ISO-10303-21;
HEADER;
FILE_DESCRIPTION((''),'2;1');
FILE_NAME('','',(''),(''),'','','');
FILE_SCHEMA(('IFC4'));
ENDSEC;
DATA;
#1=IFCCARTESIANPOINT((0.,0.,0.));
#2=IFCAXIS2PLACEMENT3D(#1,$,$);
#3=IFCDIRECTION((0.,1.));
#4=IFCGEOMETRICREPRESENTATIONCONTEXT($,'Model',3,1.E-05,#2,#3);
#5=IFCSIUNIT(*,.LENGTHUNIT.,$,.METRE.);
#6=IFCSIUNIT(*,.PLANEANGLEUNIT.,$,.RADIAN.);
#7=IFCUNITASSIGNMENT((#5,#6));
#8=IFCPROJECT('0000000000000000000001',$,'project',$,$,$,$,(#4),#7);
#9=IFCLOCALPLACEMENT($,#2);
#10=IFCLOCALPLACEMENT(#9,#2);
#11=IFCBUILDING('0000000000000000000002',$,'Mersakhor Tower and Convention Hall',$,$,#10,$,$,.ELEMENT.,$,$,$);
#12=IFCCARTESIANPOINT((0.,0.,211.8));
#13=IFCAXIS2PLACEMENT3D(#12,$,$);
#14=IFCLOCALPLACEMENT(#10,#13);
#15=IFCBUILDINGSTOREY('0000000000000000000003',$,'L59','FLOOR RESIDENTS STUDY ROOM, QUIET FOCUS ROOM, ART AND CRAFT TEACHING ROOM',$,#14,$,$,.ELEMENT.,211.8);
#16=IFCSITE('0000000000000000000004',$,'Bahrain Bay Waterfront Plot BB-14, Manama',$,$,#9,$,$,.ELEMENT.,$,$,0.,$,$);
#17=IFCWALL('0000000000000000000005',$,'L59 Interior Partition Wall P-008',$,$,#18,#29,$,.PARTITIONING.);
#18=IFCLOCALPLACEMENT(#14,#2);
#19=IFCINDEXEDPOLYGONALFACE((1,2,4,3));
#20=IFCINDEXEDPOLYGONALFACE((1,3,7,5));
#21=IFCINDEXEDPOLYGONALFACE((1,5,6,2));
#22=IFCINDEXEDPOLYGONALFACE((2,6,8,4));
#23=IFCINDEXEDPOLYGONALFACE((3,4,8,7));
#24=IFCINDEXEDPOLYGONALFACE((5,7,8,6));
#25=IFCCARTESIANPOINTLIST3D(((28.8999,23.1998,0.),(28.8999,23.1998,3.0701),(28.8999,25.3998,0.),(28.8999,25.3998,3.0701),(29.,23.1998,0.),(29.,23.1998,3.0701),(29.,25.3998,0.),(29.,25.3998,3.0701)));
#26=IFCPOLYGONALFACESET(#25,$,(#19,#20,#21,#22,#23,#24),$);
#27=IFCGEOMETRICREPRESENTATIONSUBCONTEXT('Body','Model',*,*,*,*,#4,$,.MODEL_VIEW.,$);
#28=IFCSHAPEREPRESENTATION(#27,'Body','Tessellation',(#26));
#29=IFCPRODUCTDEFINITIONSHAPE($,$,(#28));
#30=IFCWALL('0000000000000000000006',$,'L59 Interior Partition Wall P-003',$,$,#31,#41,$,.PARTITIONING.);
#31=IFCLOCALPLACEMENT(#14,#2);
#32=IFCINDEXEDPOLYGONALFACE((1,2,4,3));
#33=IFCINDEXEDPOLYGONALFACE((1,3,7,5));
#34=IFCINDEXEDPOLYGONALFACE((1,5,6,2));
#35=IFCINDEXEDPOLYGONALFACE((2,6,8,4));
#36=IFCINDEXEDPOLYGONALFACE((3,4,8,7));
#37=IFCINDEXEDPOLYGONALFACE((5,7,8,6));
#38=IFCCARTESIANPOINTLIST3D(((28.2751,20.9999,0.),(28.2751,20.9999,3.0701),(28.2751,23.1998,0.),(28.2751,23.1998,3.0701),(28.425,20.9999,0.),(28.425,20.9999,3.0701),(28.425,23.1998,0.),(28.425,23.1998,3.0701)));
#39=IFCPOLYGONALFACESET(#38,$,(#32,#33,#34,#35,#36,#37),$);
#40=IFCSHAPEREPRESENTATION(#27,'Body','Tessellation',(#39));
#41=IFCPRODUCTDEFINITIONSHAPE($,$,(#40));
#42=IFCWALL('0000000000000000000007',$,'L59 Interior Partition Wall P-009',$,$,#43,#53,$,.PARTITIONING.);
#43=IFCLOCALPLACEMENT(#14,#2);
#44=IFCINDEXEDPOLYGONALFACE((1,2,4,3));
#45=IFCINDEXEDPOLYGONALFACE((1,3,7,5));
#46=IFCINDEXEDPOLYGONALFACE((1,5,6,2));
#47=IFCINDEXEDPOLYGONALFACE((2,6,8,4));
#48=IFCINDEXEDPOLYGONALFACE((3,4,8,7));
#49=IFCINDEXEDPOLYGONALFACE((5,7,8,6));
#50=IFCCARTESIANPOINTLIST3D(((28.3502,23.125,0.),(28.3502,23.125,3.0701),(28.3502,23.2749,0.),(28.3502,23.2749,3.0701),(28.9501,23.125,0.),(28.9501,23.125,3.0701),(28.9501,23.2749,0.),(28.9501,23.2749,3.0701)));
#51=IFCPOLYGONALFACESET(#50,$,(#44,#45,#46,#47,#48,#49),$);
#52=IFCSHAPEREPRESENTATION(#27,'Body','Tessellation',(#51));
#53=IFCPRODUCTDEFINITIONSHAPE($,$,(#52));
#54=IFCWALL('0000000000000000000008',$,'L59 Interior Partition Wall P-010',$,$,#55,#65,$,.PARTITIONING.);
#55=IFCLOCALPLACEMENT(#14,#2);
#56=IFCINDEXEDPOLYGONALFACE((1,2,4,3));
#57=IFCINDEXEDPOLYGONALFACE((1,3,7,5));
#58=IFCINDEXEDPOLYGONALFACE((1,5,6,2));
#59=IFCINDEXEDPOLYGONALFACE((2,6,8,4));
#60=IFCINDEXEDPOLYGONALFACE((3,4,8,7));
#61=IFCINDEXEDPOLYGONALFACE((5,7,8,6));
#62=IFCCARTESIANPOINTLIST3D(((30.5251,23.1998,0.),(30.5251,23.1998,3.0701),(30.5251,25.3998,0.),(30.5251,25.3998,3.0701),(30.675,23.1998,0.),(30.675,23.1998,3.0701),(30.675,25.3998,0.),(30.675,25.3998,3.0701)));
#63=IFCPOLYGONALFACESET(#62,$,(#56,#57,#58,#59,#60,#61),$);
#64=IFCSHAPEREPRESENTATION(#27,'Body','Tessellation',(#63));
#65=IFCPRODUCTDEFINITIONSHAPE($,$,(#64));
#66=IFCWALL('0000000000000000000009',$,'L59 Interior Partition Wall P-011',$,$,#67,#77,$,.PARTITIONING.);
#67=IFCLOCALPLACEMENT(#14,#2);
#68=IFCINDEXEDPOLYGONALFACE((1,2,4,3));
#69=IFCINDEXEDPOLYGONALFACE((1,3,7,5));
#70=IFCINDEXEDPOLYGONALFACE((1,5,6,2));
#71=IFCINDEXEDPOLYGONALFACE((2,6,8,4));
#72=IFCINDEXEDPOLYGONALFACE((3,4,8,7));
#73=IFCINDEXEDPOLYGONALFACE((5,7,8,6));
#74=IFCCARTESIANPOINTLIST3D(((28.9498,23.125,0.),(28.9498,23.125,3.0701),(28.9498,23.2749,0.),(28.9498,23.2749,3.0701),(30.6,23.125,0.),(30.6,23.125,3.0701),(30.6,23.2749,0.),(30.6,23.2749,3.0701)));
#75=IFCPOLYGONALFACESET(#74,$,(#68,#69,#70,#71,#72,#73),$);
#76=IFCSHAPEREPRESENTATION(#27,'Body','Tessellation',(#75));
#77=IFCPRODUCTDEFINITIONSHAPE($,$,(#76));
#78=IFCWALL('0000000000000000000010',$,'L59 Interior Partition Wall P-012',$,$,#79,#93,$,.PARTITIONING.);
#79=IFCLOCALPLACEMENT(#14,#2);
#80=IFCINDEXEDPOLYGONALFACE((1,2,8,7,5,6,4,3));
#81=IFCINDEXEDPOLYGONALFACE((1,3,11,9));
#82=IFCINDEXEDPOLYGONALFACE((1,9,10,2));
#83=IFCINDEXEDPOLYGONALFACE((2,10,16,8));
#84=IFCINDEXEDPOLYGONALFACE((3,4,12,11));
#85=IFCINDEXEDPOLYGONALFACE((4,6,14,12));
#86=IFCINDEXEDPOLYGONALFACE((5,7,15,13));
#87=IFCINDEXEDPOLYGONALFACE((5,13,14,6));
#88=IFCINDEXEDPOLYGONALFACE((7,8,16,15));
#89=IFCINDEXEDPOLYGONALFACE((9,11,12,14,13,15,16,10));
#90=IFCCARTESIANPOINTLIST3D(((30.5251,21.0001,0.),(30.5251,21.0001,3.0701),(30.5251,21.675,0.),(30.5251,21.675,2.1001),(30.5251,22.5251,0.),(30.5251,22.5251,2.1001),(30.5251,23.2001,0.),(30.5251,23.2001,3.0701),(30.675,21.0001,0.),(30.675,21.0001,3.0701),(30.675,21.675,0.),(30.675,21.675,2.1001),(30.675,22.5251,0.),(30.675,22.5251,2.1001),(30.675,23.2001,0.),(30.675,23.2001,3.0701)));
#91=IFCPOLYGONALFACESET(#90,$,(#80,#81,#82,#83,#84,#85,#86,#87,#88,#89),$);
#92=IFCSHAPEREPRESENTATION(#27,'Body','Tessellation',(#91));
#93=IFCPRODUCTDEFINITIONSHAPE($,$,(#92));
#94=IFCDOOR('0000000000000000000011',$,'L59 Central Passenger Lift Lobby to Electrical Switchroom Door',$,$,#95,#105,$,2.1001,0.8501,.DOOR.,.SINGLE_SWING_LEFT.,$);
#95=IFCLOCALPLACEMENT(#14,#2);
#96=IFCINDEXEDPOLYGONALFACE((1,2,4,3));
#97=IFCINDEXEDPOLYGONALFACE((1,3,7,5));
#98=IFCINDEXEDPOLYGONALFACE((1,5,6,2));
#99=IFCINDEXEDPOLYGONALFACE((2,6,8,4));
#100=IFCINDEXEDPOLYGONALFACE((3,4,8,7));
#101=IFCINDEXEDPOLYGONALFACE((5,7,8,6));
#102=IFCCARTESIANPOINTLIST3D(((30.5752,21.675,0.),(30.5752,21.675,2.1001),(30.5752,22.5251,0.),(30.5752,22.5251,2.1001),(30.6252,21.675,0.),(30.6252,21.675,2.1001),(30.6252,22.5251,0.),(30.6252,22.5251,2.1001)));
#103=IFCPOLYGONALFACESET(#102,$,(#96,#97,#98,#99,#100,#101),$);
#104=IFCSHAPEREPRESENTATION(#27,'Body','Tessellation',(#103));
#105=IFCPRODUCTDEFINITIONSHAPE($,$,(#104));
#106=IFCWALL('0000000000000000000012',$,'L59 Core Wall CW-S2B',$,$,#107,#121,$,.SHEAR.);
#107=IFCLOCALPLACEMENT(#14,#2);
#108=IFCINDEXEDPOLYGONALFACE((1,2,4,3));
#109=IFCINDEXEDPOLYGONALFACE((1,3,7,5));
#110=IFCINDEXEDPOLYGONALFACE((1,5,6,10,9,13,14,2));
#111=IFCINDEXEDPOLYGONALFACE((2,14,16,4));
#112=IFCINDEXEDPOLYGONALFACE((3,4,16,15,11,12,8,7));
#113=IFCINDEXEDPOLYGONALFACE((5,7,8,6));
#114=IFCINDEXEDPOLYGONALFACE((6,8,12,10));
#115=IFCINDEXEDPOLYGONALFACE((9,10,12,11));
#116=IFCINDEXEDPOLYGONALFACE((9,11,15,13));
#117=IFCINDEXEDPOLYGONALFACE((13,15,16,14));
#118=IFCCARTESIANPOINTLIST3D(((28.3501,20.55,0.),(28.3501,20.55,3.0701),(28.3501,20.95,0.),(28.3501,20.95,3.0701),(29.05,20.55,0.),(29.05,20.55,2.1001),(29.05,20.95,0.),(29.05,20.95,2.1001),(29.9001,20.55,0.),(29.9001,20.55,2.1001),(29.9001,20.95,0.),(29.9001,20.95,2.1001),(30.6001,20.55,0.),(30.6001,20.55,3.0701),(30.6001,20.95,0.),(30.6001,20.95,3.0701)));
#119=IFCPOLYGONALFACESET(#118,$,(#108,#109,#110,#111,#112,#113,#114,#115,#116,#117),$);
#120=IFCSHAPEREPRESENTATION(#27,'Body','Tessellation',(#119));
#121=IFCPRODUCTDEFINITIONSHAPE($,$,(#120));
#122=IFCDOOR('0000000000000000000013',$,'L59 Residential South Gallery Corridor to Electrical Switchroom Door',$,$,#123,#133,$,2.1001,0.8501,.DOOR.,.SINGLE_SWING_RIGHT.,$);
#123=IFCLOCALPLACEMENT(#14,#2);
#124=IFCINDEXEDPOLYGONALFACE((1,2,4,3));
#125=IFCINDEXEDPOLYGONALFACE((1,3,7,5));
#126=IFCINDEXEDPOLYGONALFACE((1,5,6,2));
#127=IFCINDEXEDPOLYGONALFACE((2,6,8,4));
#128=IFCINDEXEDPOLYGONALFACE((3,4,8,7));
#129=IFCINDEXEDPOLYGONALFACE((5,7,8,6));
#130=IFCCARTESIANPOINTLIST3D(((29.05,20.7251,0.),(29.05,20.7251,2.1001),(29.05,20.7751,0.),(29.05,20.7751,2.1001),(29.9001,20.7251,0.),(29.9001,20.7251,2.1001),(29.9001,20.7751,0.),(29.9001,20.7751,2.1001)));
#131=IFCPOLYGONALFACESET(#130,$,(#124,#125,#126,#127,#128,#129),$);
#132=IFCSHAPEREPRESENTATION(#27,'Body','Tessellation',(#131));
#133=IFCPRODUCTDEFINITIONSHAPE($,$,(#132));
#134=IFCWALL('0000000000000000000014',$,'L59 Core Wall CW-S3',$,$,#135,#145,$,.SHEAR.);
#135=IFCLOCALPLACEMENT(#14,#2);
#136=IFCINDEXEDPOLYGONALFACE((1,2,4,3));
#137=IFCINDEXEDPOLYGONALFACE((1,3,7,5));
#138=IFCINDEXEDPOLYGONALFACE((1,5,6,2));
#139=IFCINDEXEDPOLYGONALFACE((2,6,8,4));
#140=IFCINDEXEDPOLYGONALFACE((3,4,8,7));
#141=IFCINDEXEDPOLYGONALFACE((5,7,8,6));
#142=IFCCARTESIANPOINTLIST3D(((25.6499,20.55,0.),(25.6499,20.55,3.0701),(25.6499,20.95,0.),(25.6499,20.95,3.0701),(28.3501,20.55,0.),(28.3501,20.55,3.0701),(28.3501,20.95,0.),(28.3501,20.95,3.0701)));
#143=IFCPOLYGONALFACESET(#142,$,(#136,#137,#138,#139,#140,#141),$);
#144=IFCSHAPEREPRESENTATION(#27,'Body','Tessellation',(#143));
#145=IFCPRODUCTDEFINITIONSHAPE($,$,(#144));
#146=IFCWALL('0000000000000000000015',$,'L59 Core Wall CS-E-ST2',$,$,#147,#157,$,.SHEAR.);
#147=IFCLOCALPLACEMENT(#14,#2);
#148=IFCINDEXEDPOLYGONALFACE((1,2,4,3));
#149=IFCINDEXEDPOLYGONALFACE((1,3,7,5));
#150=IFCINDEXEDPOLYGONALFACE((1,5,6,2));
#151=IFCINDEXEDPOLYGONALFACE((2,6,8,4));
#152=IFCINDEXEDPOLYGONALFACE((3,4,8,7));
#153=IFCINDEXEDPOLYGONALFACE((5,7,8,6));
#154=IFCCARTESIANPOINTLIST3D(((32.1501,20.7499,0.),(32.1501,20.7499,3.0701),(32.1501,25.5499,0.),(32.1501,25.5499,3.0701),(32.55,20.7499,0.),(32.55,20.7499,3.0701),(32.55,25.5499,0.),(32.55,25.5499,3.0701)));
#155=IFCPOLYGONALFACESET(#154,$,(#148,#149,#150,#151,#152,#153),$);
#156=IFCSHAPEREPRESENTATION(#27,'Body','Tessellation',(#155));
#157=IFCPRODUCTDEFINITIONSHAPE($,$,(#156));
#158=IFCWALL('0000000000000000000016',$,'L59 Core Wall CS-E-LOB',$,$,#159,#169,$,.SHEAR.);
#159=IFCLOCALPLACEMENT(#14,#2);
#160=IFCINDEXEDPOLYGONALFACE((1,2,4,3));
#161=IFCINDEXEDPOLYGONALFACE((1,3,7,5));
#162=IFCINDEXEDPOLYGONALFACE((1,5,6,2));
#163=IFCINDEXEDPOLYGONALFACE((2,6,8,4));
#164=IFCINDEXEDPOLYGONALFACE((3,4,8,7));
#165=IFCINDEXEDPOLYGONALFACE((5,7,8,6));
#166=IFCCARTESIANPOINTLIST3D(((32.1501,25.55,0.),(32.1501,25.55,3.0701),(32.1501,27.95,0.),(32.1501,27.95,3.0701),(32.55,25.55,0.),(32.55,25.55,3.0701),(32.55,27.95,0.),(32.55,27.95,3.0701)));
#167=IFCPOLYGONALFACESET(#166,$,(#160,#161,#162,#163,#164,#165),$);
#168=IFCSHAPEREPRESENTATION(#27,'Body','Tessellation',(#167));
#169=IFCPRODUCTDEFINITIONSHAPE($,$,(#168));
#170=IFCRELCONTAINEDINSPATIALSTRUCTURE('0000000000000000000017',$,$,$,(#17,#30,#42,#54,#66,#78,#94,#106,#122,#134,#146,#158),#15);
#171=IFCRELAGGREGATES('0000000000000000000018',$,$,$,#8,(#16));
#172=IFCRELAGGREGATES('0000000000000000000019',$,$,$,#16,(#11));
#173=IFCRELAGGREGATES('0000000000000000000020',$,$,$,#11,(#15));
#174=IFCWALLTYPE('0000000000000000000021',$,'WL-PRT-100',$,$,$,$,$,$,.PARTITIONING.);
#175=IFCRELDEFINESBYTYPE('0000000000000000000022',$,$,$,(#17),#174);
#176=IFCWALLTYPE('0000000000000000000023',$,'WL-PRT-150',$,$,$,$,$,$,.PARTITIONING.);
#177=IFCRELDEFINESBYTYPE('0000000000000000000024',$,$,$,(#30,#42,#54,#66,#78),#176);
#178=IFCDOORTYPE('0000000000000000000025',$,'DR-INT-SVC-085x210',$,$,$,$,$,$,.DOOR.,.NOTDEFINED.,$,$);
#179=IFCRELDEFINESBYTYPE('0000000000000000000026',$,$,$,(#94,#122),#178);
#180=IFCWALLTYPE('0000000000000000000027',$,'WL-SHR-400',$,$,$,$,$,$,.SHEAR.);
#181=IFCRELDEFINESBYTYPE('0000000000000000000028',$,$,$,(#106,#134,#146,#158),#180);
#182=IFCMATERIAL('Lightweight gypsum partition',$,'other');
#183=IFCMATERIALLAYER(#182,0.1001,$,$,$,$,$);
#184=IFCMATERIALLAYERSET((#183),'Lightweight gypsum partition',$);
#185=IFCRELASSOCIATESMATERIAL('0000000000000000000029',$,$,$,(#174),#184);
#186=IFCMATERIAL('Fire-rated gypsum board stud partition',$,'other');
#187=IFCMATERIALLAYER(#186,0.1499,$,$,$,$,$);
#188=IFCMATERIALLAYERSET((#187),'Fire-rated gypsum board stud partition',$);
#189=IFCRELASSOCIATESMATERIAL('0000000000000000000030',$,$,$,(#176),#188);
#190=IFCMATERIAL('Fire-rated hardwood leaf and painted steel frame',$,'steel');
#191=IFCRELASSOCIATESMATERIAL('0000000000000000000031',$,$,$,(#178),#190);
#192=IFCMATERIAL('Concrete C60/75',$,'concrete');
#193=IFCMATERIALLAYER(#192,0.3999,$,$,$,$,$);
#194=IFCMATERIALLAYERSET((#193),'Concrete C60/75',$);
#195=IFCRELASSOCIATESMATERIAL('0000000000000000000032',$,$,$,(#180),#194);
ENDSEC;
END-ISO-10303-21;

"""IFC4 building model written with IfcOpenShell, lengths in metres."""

from ifc_helpers import new_model, si_unit, direction, frame, frame_2d, origin, place, context, subcontext, project, spatial, rectangle, extrude, material, layer, layer_set, type_object, element, fill, save


model = new_model("IFC4")

# Units and contexts
model_context = context("Model", 3, precision=1e-05, world=origin(), true_north=direction((0.0, 1.0)))
body_context = subcontext(model_context, "Body", "Model", "MODEL_VIEW")
ifc_project = project(units=[si_unit("LENGTHUNIT", "METRE"), si_unit("PLANEANGLEUNIT", "RADIAN")], contexts=[model_context])

# Site, building, storey
site_placement = place(None, origin())
site = spatial("IfcSite", under=ifc_project, at=site_placement, Name="Bahrain Bay Waterfront Plot BB-14, Manama", CompositionType="ELEMENT", RefElevation=0.0)
building_placement = place(site_placement, origin())
building = spatial("IfcBuilding", under=site, at=building_placement, Name="Mersakhor Tower and Convention Hall", CompositionType="ELEMENT")
storey_placement = place(building_placement, frame((0.0, 0.0, 211.8)))
storey = spatial("IfcBuildingStorey", under=building, at=storey_placement, Name="L59", Description="FLOOR RESIDENTS STUDY ROOM, QUIET FOCUS ROOM, ART AND CRAFT TEACHING ROOM", CompositionType="ELEMENT", Elevation=211.8)

# Walls
ifc_material_1 = material(Name="Lightweight gypsum partition", Category="other")
ifc_layer_1 = layer(ifc_material_1, 0.1001)
ifc_layer_set_1 = layer_set([ifc_layer_1], Name="Lightweight gypsum partition")
wall_type_1 = type_object("IfcWallType", Name="WL-PRT-100", PredefinedType="PARTITIONING", material=ifc_layer_set_1)
wall_1_placement = place(storey_placement, frame((28.95, 25.3999, 0.0), z_axis=(0.0, 0.0, 1.0), x_axis=(0.0, -1.0, 0.0)))
element("IfcWall", 1, at=wall_1_placement, inside=storey, type_object=wall_type_1, Name="L59 Interior Partition Wall P-008", PredefinedType="PARTITIONING", context=body_context, shape_type="SweptSolid", body=[
    extrude(rectangle(XDim=2.2, YDim=0.1001, at=frame_2d((1.1001, 0.0))), origin(), (0.0, 0.0, 1.0), 3.0701),
])
ifc_material_2 = material(Name="Fire-rated gypsum board stud partition", Category="other")
ifc_layer_2 = layer(ifc_material_2, 0.1499)
ifc_layer_set_2 = layer_set([ifc_layer_2], Name="Fire-rated gypsum board stud partition")
wall_type_2 = type_object("IfcWallType", Name="WL-PRT-150", PredefinedType="PARTITIONING", material=ifc_layer_set_2)
wall_2_placement = place(storey_placement, frame((28.3501, 23.2, 0.0), z_axis=(0.0, 0.0, 1.0), x_axis=(0.0, -1.0, 0.0)))
element("IfcWall", 2, at=wall_2_placement, inside=storey, type_object=wall_type_2, Name="L59 Interior Partition Wall P-003", PredefinedType="PARTITIONING", context=body_context, shape_type="SweptSolid", body=[
    extrude(rectangle(XDim=2.2, YDim=0.1499, at=frame_2d((1.1001, 0.0))), origin(), (0.0, 0.0, 1.0), 3.0701),
])
wall_3_placement = place(storey_placement, frame((28.95, 23.2, 0.0), z_axis=(0.0, 0.0, 1.0), x_axis=(-1.0, 0.0, 0.0)))
element("IfcWall", 3, at=wall_3_placement, inside=storey, type_object=wall_type_2, Name="L59 Interior Partition Wall P-009", PredefinedType="PARTITIONING", context=body_context, shape_type="SweptSolid", body=[
    extrude(rectangle(XDim=0.5999, YDim=0.1499, at=frame_2d((0.2998, 0.0))), origin(), (0.0, 0.0, 1.0), 3.0701),
])
wall_4_placement = place(storey_placement, frame((30.6001, 25.3999, 0.0), z_axis=(0.0, 0.0, 1.0), x_axis=(0.0, -1.0, 0.0)))
element("IfcWall", 4, at=wall_4_placement, inside=storey, type_object=wall_type_2, Name="L59 Interior Partition Wall P-010", PredefinedType="PARTITIONING", context=body_context, shape_type="SweptSolid", body=[
    extrude(rectangle(XDim=2.2, YDim=0.1499, at=frame_2d((1.1001, 0.0))), origin(), (0.0, 0.0, 1.0), 3.0701),
])
wall_5_placement = place(storey_placement, frame((30.6001, 23.2, 0.0), z_axis=(0.0, 0.0, 1.0), x_axis=(-1.0, 0.0, 0.0)))
element("IfcWall", 5, at=wall_5_placement, inside=storey, type_object=wall_type_2, Name="L59 Interior Partition Wall P-011", PredefinedType="PARTITIONING", context=body_context, shape_type="SweptSolid", body=[
    extrude(rectangle(XDim=1.6501, YDim=0.1499, at=frame_2d((0.8252, 0.0))), origin(), (0.0, 0.0, 1.0), 3.0701),
])

# Walls, openings, doors
wall_6_placement = place(storey_placement, frame((30.6001, 21.0, 0.0), z_axis=(0.0, 0.0, 1.0), x_axis=(0.0, 1.0, 0.0)))
wall_6 = element("IfcWall", 6, at=wall_6_placement, inside=storey, type_object=wall_type_2, Name="L59 Interior Partition Wall P-012", PredefinedType="PARTITIONING", context=body_context, shape_type="SweptSolid", body=[
    extrude(rectangle(XDim=2.2, YDim=0.1499, at=frame_2d((1.1001, 0.0))), origin(), (0.0, 0.0, 1.0), 3.0701),
])
opening_1_placement = place(wall_6_placement, frame((0.675, 0.0, 0.0)))
opening_1 = element("IfcOpeningElement", 7, at=opening_1_placement, cuts=wall_6, PredefinedType="OPENING", context=body_context, shape_type="SweptSolid", body=[
    extrude(rectangle(XDim=0.8501, YDim=2.1001, at=frame_2d((0.425, 1.05))), frame((0.0, 0.085, 0.0), z_axis=(0.0, -1.0, 0.0), x_axis=(1.0, 0.0, 0.0)), (0.0, 0.0, 1.0), 0.1699),
])
ifc_material_3 = material(Name="Fire-rated hardwood leaf and painted steel frame", Category="steel")
door_type_1 = type_object("IfcDoorType", Name="DR-INT-SVC-085x210", OperationType="NOTDEFINED", PredefinedType="DOOR", material=ifc_material_3)
door_1_placement = place(opening_1_placement, origin())
door_1 = element("IfcDoor", 8, at=door_1_placement, inside=storey, type_object=door_type_1, Name="L59 Central Passenger Lift Lobby to Electrical Switchroom Door", OperationType="SINGLE_SWING_LEFT", OverallHeight=2.1001, OverallWidth=0.8501, PredefinedType="DOOR", context=body_context, shape_type="SweptSolid", body=[
    extrude(rectangle(XDim=0.8501, YDim=2.1001, at=frame_2d((0.425, 1.05))), frame((0.0, 0.0249, 0.0), z_axis=(0.0, -1.0, 0.0), x_axis=(1.0, 0.0, 0.0)), (0.0, 0.0, 1.0), 0.05),
])
fill(opening_1, door_1)
ifc_material_4 = material(Name="Concrete C60/75", Category="concrete")
ifc_layer_3 = layer(ifc_material_4, 0.3999)
ifc_layer_set_3 = layer_set([ifc_layer_3], Name="Concrete C60/75")
wall_type_3 = type_object("IfcWallType", Name="WL-SHR-400", PredefinedType="SHEAR", material=ifc_layer_set_3)
wall_7_placement = place(storey_placement, frame((30.6001, 20.75, 0.0), z_axis=(0.0, 0.0, 1.0), x_axis=(-1.0, 0.0, 0.0)))
wall_7 = element("IfcWall", 9, at=wall_7_placement, inside=storey, type_object=wall_type_3, Name="L59 Core Wall CW-S2B", PredefinedType="SHEAR", context=body_context, shape_type="SweptSolid", body=[
    extrude(rectangle(XDim=2.25, YDim=0.3999, at=frame_2d((1.125, 0.0))), origin(), (0.0, 0.0, 1.0), 3.0701),
])
opening_2_placement = place(wall_7_placement, frame((0.7, 0.0, 0.0)))
opening_2 = element("IfcOpeningElement", 10, at=opening_2_placement, cuts=wall_7, PredefinedType="OPENING", context=body_context, shape_type="SweptSolid", body=[
    extrude(rectangle(XDim=0.8501, YDim=2.1001, at=frame_2d((0.425, 1.05))), frame((0.0, 0.21, 0.0), z_axis=(0.0, -1.0, 0.0), x_axis=(1.0, 0.0, 0.0)), (0.0, 0.0, 1.0), 0.4199),
])
door_2_placement = place(opening_2_placement, origin())
door_2 = element("IfcDoor", 11, at=door_2_placement, inside=storey, type_object=door_type_1, Name="L59 Residential South Gallery Corridor to Electrical Switchroom Door", OperationType="SINGLE_SWING_RIGHT", OverallHeight=2.1001, OverallWidth=0.8501, PredefinedType="DOOR", context=body_context, shape_type="SweptSolid", body=[
    extrude(rectangle(XDim=0.8501, YDim=2.1001, at=frame_2d((0.425, 1.05))), frame((0.0, 0.0249, 0.0), z_axis=(0.0, -1.0, 0.0), x_axis=(1.0, 0.0, 0.0)), (0.0, 0.0, 1.0), 0.05),
])
fill(opening_2, door_2)

# Walls
wall_8_placement = place(storey_placement, frame((28.3501, 20.75, 0.0), z_axis=(0.0, 0.0, 1.0), x_axis=(-1.0, 0.0, 0.0)))
element("IfcWall", 12, at=wall_8_placement, inside=storey, type_object=wall_type_3, Name="L59 Core Wall CW-S3", PredefinedType="SHEAR", context=body_context, shape_type="SweptSolid", body=[
    extrude(rectangle(XDim=2.7002, YDim=0.3999, at=frame_2d((1.3501, 0.0))), origin(), (0.0, 0.0, 1.0), 3.0701),
])
wall_9_placement = place(storey_placement, frame((32.3501, 20.75, 0.0), z_axis=(0.0, 0.0, 1.0), x_axis=(0.0, 1.0, 0.0)))
element("IfcWall", 13, at=wall_9_placement, inside=storey, type_object=wall_type_3, Name="L59 Core Wall CS-E-ST2", PredefinedType="SHEAR", context=body_context, shape_type="SweptSolid", body=[
    extrude(rectangle(XDim=4.8, YDim=0.3999, at=frame_2d((2.3999, 0.0))), origin(), (0.0, 0.0, 1.0), 3.0701),
])
wall_10_placement = place(storey_placement, frame((32.3501, 25.55, 0.0), z_axis=(0.0, 0.0, 1.0), x_axis=(0.0, 1.0, 0.0)))
element("IfcWall", 14, at=wall_10_placement, inside=storey, type_object=wall_type_3, Name="L59 Core Wall CS-E-LOB", PredefinedType="SHEAR", context=body_context, shape_type="SweptSolid", body=[
    extrude(rectangle(XDim=2.3999, YDim=0.3999, at=frame_2d((1.2, 0.0))), origin(), (0.0, 0.0, 1.0), 3.0701),
])

save(model, "model.ifc")
